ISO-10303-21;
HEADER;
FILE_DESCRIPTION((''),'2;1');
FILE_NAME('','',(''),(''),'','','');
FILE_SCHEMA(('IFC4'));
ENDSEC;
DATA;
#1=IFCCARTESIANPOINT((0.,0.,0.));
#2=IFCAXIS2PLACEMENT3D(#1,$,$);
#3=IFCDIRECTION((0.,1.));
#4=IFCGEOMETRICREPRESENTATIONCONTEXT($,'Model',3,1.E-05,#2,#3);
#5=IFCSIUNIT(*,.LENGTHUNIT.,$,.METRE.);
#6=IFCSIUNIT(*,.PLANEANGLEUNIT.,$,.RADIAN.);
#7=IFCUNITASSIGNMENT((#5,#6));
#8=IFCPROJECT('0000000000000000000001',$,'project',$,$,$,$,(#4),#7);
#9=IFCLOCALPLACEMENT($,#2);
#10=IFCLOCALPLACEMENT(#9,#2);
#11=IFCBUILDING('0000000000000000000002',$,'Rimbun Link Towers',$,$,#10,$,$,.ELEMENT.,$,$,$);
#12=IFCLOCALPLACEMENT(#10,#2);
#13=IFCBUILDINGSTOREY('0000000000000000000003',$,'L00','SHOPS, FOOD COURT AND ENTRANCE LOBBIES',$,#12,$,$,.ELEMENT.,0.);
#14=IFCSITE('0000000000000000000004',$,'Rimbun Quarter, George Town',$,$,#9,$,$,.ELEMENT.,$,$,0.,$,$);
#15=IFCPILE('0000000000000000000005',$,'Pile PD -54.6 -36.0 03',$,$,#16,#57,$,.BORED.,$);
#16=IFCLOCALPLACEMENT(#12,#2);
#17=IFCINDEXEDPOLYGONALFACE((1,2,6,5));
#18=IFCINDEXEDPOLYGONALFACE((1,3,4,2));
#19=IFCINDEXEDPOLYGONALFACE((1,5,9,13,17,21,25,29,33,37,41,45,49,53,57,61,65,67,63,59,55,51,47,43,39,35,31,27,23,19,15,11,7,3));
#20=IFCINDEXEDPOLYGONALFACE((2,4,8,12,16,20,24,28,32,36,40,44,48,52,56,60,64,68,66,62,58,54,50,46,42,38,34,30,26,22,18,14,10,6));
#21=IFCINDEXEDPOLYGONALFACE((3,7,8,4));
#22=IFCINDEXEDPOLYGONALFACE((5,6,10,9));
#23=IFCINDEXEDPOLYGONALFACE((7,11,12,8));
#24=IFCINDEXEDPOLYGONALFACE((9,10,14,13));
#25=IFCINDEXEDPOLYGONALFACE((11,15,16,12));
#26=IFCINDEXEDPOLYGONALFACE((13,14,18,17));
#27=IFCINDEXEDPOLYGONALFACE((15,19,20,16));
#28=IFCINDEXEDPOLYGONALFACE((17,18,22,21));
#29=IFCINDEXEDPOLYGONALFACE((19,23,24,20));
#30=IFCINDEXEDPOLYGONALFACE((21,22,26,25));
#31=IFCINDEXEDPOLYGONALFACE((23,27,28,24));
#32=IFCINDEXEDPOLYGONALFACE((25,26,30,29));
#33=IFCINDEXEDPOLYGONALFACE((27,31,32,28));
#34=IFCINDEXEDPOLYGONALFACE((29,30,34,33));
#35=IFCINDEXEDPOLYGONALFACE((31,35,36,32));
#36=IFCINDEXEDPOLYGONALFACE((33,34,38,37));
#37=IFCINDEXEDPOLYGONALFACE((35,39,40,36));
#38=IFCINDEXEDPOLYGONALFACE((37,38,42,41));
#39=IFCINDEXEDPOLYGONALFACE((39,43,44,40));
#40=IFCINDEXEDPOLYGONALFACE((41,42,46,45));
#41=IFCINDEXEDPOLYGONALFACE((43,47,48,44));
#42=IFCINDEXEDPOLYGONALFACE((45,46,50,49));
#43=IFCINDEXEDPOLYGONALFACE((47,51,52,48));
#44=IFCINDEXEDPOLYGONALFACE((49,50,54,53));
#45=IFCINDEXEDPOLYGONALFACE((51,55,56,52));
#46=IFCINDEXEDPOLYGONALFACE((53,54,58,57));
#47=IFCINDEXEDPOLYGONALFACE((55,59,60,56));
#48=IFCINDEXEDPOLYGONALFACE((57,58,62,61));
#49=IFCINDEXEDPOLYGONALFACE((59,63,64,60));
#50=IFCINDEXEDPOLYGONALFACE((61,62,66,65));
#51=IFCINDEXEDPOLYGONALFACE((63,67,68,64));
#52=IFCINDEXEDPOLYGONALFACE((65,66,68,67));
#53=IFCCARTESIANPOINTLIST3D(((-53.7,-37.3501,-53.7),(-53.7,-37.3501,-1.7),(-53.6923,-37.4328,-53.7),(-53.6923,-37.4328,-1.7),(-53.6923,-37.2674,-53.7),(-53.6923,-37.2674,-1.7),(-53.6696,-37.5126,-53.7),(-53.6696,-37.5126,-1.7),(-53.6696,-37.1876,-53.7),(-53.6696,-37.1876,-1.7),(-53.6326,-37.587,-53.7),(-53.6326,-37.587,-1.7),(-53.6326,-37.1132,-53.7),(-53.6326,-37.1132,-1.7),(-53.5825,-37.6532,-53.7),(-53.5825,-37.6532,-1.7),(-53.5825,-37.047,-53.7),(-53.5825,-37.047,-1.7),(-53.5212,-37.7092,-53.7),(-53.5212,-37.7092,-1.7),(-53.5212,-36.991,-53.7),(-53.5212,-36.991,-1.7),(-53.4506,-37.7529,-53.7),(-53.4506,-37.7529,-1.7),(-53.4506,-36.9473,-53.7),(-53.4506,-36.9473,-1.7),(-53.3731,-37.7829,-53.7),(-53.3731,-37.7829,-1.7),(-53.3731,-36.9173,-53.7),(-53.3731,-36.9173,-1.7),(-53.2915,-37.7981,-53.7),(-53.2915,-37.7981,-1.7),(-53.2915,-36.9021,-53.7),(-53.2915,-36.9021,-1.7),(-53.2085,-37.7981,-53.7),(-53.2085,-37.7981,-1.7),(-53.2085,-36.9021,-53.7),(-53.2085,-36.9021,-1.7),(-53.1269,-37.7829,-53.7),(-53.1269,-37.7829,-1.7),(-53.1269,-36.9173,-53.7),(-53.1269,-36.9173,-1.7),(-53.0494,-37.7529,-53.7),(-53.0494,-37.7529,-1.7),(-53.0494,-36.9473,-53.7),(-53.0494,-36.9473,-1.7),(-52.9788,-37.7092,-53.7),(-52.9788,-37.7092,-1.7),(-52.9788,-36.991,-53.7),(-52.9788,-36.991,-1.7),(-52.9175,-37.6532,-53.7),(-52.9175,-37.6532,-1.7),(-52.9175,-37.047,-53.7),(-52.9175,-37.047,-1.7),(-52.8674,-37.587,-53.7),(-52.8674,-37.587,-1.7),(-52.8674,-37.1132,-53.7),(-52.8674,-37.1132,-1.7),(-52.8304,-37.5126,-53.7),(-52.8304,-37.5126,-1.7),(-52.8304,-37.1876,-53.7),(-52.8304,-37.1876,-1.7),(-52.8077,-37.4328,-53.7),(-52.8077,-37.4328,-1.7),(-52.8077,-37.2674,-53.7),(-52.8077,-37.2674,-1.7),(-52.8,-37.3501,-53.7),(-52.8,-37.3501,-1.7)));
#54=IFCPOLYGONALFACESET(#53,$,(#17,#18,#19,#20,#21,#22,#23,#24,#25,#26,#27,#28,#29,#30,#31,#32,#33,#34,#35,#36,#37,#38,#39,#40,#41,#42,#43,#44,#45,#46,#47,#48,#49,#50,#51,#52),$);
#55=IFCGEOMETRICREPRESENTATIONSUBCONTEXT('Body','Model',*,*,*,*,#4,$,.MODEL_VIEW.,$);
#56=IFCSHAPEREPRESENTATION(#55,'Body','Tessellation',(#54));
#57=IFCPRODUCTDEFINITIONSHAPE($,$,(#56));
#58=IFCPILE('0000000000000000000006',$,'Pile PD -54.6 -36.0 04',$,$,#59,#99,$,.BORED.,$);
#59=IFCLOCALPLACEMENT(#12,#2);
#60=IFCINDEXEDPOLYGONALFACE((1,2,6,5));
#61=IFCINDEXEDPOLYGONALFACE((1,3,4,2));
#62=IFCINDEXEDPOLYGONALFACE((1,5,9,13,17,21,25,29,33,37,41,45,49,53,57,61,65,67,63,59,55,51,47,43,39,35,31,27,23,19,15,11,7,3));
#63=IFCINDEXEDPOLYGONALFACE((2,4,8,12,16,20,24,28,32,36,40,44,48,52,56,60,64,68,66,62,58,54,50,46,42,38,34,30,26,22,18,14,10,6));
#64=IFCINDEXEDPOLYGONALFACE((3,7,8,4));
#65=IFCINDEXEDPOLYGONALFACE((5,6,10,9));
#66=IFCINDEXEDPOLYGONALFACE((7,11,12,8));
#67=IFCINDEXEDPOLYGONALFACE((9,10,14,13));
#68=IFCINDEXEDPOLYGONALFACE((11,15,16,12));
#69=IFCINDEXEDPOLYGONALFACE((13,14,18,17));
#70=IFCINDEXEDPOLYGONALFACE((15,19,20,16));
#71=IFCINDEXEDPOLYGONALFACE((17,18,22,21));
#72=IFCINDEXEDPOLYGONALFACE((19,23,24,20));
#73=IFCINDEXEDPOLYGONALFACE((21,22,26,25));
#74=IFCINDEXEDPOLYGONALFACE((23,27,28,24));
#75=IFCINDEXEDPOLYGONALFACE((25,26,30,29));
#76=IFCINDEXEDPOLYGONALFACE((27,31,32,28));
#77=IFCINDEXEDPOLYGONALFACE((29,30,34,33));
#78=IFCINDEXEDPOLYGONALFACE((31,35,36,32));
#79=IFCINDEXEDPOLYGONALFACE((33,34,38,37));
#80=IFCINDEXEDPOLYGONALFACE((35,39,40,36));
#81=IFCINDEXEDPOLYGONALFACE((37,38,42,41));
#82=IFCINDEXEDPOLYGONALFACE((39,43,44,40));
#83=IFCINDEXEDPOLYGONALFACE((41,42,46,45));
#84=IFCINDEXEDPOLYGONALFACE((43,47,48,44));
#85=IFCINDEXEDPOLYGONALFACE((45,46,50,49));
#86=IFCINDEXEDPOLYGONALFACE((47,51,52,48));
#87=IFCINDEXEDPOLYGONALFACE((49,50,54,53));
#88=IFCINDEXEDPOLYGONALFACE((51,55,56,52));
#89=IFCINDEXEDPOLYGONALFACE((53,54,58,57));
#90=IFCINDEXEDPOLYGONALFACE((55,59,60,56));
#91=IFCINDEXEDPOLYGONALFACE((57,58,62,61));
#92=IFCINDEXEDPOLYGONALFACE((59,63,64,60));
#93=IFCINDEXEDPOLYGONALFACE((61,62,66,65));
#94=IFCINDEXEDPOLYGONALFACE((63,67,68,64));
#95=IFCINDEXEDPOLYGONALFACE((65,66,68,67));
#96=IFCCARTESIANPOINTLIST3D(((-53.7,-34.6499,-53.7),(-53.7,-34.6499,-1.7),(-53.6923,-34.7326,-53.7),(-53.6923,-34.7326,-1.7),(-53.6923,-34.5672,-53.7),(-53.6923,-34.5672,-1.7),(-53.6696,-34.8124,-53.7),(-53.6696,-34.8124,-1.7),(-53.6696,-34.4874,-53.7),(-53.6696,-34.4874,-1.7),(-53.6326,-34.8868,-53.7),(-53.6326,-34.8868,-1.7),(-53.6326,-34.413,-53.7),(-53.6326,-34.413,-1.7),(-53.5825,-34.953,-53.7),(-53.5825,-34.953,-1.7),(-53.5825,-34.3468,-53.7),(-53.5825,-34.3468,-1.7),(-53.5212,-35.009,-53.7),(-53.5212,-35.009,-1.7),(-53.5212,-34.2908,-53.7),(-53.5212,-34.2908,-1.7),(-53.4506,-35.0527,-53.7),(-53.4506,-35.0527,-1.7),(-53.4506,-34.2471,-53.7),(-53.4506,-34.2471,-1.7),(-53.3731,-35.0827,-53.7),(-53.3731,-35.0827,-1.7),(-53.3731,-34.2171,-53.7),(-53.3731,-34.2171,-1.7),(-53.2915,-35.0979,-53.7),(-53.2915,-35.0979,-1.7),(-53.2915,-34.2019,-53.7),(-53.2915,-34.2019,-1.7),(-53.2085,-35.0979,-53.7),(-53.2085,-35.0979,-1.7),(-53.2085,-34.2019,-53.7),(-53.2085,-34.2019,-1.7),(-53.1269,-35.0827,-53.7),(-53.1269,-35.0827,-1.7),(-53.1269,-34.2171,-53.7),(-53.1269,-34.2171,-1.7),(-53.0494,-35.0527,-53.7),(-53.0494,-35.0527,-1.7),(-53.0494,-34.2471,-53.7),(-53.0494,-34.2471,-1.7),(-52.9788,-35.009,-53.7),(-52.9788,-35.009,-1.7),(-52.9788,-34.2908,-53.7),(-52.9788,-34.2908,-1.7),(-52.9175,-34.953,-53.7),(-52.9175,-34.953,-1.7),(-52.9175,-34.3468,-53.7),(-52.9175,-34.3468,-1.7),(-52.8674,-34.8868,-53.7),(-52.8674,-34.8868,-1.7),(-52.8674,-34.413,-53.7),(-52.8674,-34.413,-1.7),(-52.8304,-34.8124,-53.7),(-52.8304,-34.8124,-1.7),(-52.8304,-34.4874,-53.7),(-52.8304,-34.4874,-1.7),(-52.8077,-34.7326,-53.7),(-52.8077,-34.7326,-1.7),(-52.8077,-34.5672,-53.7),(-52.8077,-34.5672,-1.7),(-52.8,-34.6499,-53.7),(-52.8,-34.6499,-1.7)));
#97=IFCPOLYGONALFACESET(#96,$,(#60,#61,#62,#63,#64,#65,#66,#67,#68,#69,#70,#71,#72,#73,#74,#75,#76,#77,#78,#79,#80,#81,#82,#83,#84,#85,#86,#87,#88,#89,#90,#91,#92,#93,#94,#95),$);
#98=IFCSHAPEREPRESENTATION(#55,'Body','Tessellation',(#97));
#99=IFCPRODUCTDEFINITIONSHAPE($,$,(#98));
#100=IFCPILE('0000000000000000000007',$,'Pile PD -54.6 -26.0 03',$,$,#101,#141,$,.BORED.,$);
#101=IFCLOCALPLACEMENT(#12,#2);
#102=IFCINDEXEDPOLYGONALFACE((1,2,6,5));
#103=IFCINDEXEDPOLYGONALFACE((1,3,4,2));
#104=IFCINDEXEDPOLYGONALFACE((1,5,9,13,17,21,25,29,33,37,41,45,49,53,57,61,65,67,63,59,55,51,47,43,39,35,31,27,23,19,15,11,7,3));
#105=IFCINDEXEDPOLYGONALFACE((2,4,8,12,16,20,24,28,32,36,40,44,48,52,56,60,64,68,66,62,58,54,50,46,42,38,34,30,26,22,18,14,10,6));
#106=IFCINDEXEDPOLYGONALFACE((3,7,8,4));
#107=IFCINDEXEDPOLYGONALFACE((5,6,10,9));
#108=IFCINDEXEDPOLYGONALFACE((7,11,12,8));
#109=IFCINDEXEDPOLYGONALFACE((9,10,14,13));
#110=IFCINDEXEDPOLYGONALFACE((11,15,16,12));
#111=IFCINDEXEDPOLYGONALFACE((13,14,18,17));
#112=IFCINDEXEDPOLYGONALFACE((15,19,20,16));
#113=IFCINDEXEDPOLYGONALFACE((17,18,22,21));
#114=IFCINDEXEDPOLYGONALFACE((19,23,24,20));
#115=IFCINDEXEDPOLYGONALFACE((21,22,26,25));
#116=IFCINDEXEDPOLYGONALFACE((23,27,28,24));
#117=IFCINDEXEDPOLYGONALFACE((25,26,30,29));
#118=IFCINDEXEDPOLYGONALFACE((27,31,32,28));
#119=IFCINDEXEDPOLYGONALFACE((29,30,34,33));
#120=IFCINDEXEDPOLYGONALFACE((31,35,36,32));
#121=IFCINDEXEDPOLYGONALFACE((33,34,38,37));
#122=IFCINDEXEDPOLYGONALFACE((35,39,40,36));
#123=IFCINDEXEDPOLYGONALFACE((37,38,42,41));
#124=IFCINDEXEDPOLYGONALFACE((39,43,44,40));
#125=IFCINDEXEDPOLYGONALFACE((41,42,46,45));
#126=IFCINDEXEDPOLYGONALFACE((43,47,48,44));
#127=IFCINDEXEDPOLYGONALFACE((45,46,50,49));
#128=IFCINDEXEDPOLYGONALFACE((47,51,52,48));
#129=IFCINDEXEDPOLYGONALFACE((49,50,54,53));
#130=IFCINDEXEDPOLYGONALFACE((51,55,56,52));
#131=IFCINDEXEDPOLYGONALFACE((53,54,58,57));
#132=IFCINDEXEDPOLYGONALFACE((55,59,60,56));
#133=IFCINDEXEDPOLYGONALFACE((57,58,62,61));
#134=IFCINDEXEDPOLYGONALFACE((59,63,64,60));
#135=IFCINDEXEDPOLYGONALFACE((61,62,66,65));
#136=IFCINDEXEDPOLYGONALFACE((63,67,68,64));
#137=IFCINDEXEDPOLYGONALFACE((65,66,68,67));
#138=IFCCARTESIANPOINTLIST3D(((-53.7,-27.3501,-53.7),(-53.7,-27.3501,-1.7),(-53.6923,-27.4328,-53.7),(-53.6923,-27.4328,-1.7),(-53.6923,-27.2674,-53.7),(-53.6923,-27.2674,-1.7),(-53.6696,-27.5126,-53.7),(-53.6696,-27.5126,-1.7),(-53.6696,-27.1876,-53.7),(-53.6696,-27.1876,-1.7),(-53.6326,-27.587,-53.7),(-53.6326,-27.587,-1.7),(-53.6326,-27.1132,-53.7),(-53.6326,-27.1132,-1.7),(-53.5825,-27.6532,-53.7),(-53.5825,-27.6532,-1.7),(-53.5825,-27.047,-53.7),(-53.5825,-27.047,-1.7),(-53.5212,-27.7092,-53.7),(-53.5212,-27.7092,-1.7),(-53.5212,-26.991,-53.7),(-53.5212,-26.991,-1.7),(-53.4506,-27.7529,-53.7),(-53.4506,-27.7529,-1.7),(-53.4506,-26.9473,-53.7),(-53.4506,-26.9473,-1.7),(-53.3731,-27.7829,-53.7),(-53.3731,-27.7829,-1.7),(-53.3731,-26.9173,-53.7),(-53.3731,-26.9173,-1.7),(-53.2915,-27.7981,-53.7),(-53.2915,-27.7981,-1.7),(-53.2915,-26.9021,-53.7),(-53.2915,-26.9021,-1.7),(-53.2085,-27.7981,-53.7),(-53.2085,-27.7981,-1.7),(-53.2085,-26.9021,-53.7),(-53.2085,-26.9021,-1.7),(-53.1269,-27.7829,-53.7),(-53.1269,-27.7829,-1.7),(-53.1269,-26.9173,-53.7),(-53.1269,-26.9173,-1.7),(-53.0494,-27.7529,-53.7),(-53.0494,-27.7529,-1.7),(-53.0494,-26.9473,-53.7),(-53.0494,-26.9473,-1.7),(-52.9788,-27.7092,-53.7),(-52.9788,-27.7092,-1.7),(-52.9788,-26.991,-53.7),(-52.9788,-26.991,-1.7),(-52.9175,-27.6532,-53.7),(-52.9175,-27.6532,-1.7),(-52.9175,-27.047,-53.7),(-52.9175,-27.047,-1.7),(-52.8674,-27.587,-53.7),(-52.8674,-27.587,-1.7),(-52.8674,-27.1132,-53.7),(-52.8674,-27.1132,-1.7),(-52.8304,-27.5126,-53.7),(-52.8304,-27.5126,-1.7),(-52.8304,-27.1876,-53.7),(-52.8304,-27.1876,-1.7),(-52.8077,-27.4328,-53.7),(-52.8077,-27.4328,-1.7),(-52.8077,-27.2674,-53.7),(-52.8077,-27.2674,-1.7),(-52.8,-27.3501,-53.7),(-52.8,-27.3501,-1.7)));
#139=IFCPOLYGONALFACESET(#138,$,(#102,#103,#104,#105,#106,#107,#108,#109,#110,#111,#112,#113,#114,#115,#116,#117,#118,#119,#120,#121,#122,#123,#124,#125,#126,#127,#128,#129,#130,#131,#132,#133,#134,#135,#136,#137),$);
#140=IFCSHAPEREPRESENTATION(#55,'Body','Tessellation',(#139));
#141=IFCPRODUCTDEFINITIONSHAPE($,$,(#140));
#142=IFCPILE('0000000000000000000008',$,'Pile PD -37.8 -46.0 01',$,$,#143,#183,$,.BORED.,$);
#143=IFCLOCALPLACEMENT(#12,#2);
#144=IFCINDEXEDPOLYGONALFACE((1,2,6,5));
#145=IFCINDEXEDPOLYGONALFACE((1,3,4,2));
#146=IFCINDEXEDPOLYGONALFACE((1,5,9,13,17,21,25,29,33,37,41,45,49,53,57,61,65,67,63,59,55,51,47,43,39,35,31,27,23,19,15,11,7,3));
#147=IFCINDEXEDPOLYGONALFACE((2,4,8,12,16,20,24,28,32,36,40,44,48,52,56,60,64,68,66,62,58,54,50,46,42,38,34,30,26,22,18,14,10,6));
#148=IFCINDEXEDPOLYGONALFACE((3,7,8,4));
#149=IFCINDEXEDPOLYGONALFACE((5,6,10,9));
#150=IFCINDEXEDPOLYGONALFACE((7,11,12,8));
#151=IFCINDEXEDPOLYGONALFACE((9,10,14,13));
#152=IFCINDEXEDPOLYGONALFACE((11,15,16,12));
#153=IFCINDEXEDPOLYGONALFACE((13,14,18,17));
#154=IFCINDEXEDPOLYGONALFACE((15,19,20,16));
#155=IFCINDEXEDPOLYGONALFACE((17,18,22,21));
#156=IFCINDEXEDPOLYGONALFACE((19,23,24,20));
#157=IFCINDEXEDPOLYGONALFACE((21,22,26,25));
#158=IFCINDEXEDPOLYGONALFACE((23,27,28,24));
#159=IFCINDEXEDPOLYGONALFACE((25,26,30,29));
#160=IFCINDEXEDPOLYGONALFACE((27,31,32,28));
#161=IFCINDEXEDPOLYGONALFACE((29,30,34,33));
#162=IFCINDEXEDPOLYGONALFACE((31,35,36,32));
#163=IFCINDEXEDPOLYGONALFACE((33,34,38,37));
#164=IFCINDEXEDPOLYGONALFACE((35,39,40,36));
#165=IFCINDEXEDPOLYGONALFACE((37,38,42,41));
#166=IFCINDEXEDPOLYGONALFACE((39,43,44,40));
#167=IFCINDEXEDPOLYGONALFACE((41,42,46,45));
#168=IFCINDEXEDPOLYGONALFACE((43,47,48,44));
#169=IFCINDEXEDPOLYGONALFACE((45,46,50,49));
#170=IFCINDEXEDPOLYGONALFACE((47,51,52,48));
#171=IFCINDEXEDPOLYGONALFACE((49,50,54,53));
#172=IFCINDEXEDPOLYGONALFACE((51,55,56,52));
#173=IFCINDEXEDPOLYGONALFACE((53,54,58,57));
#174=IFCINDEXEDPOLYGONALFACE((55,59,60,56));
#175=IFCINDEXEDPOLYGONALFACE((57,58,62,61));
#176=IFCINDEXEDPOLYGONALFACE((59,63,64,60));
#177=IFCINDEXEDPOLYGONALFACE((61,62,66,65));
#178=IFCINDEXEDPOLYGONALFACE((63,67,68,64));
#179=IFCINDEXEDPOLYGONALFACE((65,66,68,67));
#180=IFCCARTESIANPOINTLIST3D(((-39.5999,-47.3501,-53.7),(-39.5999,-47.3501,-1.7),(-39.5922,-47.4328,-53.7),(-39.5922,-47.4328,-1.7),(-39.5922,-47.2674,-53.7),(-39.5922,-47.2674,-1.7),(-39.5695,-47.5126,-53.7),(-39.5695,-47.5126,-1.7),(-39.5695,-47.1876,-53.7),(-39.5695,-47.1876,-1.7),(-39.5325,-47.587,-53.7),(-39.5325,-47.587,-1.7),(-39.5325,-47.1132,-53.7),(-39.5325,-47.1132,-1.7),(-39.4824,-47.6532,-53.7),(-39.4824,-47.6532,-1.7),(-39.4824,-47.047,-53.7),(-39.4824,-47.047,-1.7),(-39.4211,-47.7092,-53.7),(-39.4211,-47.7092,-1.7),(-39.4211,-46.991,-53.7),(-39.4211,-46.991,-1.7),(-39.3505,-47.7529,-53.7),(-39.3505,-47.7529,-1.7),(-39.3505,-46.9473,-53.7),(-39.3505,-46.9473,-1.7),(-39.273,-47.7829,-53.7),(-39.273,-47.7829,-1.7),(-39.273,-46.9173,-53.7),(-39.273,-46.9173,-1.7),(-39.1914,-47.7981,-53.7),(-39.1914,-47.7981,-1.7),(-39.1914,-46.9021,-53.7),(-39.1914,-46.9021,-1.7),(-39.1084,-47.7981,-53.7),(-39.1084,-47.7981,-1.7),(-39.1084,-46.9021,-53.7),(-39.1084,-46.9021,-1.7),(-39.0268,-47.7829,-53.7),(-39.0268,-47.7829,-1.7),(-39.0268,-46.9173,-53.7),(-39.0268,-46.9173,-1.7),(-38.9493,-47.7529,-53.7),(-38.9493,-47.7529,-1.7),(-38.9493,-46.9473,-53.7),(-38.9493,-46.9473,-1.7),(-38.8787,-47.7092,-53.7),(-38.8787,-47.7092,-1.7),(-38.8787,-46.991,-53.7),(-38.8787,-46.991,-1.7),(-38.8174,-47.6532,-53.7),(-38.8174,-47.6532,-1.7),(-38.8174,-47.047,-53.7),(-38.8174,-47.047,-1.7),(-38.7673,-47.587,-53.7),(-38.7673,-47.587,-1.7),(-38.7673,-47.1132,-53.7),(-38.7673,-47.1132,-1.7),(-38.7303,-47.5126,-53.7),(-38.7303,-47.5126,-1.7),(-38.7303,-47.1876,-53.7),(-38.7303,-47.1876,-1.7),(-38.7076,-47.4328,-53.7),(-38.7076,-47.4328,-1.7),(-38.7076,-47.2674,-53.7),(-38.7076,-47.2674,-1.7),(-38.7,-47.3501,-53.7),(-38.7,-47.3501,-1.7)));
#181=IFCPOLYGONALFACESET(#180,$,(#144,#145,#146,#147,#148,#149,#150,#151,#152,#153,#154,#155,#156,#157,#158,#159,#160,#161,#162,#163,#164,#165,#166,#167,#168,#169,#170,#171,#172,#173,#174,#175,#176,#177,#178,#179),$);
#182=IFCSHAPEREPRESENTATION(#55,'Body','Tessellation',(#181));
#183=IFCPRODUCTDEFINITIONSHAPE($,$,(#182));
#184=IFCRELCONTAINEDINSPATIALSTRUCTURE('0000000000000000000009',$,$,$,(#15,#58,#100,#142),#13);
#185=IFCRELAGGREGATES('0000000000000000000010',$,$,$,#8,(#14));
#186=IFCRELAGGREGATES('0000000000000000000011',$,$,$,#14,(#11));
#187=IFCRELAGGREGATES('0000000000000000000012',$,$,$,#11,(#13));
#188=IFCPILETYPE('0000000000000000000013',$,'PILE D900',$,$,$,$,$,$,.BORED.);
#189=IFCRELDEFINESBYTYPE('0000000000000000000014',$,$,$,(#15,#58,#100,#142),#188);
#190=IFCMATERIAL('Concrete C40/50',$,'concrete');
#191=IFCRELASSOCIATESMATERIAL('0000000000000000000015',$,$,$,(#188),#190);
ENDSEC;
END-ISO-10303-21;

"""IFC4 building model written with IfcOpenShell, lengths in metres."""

from ifc_helpers import new_model, si_unit, direction, frame, origin, origin_2d, place, context, subcontext, project, spatial, circle, extrude, material, material_profile, profile_set, type_object, element, save


model = new_model("IFC4")

# Units and contexts
model_context = context("Model", 3, precision=1e-05, world=origin(), true_north=direction((0.0, 1.0)))
body_context = subcontext(model_context, "Body", "Model", "MODEL_VIEW")
ifc_project = project(units=[si_unit("LENGTHUNIT", "METRE"), si_unit("PLANEANGLEUNIT", "RADIAN")], contexts=[model_context])

# Site, building, storey
site_placement = place(None, origin())
site = spatial("IfcSite", under=ifc_project, at=site_placement, Name="Rimbun Quarter, George Town", CompositionType="ELEMENT", RefElevation=0.0)
building_placement = place(site_placement, origin())
building = spatial("IfcBuilding", under=site, at=building_placement, Name="Rimbun Link Towers", CompositionType="ELEMENT")
storey_placement = place(building_placement, origin())
storey = spatial("IfcBuildingStorey", under=building, at=storey_placement, Name="L00", Description="SHOPS, FOOD COURT AND ENTRANCE LOBBIES", CompositionType="ELEMENT", Elevation=0.0)

# Piles
ifc_material_1 = material(Name="Concrete C40/50", Category="concrete")
ifc_material_profile_1 = material_profile(ifc_material_1, circle(Radius=0.45, at=origin_2d()), Name="PILE D900")
ifc_profile_set_1 = profile_set([ifc_material_profile_1], Name="Concrete C40/50")
pile_type = type_object("IfcPileType", Name="PILE D900", PredefinedType="BORED", material=ifc_profile_set_1)
for number, where, z_axis, x_axis, name in (
    (1, (-53.25, -37.3501, -1.7), (0.0, 0.0, -1.0), (1.0, 0.0, 0.0), "Pile PD -54.6 -36.0 03"),
    (2, (-53.25, -34.6499, -1.7), (0.0, 0.0, -1.0), (1.0, 0.0, 0.0), "Pile PD -54.6 -36.0 04"),
    (3, (-53.25, -27.3501, -1.7), (0.0, 0.0, -1.0), (1.0, 0.0, 0.0), "Pile PD -54.6 -26.0 03"),
    (4, (-39.1499, -47.3501, -1.7), (0.0, 0.0, -1.0), (1.0, 0.0, 0.0), "Pile PD -37.8 -46.0 01"),
):
    element("IfcPile", number, at=place(storey_placement, frame(where, z_axis=z_axis, x_axis=x_axis)), inside=storey, type_object=pile_type, Name=name, PredefinedType="BORED", context=body_context, shape_type="SweptSolid", body=[
        extrude(circle(Radius=0.45, at=origin_2d()), origin(), (0.0, 0.0, 1.0), 52.0),
    ])

save(model, "model.ifc")
